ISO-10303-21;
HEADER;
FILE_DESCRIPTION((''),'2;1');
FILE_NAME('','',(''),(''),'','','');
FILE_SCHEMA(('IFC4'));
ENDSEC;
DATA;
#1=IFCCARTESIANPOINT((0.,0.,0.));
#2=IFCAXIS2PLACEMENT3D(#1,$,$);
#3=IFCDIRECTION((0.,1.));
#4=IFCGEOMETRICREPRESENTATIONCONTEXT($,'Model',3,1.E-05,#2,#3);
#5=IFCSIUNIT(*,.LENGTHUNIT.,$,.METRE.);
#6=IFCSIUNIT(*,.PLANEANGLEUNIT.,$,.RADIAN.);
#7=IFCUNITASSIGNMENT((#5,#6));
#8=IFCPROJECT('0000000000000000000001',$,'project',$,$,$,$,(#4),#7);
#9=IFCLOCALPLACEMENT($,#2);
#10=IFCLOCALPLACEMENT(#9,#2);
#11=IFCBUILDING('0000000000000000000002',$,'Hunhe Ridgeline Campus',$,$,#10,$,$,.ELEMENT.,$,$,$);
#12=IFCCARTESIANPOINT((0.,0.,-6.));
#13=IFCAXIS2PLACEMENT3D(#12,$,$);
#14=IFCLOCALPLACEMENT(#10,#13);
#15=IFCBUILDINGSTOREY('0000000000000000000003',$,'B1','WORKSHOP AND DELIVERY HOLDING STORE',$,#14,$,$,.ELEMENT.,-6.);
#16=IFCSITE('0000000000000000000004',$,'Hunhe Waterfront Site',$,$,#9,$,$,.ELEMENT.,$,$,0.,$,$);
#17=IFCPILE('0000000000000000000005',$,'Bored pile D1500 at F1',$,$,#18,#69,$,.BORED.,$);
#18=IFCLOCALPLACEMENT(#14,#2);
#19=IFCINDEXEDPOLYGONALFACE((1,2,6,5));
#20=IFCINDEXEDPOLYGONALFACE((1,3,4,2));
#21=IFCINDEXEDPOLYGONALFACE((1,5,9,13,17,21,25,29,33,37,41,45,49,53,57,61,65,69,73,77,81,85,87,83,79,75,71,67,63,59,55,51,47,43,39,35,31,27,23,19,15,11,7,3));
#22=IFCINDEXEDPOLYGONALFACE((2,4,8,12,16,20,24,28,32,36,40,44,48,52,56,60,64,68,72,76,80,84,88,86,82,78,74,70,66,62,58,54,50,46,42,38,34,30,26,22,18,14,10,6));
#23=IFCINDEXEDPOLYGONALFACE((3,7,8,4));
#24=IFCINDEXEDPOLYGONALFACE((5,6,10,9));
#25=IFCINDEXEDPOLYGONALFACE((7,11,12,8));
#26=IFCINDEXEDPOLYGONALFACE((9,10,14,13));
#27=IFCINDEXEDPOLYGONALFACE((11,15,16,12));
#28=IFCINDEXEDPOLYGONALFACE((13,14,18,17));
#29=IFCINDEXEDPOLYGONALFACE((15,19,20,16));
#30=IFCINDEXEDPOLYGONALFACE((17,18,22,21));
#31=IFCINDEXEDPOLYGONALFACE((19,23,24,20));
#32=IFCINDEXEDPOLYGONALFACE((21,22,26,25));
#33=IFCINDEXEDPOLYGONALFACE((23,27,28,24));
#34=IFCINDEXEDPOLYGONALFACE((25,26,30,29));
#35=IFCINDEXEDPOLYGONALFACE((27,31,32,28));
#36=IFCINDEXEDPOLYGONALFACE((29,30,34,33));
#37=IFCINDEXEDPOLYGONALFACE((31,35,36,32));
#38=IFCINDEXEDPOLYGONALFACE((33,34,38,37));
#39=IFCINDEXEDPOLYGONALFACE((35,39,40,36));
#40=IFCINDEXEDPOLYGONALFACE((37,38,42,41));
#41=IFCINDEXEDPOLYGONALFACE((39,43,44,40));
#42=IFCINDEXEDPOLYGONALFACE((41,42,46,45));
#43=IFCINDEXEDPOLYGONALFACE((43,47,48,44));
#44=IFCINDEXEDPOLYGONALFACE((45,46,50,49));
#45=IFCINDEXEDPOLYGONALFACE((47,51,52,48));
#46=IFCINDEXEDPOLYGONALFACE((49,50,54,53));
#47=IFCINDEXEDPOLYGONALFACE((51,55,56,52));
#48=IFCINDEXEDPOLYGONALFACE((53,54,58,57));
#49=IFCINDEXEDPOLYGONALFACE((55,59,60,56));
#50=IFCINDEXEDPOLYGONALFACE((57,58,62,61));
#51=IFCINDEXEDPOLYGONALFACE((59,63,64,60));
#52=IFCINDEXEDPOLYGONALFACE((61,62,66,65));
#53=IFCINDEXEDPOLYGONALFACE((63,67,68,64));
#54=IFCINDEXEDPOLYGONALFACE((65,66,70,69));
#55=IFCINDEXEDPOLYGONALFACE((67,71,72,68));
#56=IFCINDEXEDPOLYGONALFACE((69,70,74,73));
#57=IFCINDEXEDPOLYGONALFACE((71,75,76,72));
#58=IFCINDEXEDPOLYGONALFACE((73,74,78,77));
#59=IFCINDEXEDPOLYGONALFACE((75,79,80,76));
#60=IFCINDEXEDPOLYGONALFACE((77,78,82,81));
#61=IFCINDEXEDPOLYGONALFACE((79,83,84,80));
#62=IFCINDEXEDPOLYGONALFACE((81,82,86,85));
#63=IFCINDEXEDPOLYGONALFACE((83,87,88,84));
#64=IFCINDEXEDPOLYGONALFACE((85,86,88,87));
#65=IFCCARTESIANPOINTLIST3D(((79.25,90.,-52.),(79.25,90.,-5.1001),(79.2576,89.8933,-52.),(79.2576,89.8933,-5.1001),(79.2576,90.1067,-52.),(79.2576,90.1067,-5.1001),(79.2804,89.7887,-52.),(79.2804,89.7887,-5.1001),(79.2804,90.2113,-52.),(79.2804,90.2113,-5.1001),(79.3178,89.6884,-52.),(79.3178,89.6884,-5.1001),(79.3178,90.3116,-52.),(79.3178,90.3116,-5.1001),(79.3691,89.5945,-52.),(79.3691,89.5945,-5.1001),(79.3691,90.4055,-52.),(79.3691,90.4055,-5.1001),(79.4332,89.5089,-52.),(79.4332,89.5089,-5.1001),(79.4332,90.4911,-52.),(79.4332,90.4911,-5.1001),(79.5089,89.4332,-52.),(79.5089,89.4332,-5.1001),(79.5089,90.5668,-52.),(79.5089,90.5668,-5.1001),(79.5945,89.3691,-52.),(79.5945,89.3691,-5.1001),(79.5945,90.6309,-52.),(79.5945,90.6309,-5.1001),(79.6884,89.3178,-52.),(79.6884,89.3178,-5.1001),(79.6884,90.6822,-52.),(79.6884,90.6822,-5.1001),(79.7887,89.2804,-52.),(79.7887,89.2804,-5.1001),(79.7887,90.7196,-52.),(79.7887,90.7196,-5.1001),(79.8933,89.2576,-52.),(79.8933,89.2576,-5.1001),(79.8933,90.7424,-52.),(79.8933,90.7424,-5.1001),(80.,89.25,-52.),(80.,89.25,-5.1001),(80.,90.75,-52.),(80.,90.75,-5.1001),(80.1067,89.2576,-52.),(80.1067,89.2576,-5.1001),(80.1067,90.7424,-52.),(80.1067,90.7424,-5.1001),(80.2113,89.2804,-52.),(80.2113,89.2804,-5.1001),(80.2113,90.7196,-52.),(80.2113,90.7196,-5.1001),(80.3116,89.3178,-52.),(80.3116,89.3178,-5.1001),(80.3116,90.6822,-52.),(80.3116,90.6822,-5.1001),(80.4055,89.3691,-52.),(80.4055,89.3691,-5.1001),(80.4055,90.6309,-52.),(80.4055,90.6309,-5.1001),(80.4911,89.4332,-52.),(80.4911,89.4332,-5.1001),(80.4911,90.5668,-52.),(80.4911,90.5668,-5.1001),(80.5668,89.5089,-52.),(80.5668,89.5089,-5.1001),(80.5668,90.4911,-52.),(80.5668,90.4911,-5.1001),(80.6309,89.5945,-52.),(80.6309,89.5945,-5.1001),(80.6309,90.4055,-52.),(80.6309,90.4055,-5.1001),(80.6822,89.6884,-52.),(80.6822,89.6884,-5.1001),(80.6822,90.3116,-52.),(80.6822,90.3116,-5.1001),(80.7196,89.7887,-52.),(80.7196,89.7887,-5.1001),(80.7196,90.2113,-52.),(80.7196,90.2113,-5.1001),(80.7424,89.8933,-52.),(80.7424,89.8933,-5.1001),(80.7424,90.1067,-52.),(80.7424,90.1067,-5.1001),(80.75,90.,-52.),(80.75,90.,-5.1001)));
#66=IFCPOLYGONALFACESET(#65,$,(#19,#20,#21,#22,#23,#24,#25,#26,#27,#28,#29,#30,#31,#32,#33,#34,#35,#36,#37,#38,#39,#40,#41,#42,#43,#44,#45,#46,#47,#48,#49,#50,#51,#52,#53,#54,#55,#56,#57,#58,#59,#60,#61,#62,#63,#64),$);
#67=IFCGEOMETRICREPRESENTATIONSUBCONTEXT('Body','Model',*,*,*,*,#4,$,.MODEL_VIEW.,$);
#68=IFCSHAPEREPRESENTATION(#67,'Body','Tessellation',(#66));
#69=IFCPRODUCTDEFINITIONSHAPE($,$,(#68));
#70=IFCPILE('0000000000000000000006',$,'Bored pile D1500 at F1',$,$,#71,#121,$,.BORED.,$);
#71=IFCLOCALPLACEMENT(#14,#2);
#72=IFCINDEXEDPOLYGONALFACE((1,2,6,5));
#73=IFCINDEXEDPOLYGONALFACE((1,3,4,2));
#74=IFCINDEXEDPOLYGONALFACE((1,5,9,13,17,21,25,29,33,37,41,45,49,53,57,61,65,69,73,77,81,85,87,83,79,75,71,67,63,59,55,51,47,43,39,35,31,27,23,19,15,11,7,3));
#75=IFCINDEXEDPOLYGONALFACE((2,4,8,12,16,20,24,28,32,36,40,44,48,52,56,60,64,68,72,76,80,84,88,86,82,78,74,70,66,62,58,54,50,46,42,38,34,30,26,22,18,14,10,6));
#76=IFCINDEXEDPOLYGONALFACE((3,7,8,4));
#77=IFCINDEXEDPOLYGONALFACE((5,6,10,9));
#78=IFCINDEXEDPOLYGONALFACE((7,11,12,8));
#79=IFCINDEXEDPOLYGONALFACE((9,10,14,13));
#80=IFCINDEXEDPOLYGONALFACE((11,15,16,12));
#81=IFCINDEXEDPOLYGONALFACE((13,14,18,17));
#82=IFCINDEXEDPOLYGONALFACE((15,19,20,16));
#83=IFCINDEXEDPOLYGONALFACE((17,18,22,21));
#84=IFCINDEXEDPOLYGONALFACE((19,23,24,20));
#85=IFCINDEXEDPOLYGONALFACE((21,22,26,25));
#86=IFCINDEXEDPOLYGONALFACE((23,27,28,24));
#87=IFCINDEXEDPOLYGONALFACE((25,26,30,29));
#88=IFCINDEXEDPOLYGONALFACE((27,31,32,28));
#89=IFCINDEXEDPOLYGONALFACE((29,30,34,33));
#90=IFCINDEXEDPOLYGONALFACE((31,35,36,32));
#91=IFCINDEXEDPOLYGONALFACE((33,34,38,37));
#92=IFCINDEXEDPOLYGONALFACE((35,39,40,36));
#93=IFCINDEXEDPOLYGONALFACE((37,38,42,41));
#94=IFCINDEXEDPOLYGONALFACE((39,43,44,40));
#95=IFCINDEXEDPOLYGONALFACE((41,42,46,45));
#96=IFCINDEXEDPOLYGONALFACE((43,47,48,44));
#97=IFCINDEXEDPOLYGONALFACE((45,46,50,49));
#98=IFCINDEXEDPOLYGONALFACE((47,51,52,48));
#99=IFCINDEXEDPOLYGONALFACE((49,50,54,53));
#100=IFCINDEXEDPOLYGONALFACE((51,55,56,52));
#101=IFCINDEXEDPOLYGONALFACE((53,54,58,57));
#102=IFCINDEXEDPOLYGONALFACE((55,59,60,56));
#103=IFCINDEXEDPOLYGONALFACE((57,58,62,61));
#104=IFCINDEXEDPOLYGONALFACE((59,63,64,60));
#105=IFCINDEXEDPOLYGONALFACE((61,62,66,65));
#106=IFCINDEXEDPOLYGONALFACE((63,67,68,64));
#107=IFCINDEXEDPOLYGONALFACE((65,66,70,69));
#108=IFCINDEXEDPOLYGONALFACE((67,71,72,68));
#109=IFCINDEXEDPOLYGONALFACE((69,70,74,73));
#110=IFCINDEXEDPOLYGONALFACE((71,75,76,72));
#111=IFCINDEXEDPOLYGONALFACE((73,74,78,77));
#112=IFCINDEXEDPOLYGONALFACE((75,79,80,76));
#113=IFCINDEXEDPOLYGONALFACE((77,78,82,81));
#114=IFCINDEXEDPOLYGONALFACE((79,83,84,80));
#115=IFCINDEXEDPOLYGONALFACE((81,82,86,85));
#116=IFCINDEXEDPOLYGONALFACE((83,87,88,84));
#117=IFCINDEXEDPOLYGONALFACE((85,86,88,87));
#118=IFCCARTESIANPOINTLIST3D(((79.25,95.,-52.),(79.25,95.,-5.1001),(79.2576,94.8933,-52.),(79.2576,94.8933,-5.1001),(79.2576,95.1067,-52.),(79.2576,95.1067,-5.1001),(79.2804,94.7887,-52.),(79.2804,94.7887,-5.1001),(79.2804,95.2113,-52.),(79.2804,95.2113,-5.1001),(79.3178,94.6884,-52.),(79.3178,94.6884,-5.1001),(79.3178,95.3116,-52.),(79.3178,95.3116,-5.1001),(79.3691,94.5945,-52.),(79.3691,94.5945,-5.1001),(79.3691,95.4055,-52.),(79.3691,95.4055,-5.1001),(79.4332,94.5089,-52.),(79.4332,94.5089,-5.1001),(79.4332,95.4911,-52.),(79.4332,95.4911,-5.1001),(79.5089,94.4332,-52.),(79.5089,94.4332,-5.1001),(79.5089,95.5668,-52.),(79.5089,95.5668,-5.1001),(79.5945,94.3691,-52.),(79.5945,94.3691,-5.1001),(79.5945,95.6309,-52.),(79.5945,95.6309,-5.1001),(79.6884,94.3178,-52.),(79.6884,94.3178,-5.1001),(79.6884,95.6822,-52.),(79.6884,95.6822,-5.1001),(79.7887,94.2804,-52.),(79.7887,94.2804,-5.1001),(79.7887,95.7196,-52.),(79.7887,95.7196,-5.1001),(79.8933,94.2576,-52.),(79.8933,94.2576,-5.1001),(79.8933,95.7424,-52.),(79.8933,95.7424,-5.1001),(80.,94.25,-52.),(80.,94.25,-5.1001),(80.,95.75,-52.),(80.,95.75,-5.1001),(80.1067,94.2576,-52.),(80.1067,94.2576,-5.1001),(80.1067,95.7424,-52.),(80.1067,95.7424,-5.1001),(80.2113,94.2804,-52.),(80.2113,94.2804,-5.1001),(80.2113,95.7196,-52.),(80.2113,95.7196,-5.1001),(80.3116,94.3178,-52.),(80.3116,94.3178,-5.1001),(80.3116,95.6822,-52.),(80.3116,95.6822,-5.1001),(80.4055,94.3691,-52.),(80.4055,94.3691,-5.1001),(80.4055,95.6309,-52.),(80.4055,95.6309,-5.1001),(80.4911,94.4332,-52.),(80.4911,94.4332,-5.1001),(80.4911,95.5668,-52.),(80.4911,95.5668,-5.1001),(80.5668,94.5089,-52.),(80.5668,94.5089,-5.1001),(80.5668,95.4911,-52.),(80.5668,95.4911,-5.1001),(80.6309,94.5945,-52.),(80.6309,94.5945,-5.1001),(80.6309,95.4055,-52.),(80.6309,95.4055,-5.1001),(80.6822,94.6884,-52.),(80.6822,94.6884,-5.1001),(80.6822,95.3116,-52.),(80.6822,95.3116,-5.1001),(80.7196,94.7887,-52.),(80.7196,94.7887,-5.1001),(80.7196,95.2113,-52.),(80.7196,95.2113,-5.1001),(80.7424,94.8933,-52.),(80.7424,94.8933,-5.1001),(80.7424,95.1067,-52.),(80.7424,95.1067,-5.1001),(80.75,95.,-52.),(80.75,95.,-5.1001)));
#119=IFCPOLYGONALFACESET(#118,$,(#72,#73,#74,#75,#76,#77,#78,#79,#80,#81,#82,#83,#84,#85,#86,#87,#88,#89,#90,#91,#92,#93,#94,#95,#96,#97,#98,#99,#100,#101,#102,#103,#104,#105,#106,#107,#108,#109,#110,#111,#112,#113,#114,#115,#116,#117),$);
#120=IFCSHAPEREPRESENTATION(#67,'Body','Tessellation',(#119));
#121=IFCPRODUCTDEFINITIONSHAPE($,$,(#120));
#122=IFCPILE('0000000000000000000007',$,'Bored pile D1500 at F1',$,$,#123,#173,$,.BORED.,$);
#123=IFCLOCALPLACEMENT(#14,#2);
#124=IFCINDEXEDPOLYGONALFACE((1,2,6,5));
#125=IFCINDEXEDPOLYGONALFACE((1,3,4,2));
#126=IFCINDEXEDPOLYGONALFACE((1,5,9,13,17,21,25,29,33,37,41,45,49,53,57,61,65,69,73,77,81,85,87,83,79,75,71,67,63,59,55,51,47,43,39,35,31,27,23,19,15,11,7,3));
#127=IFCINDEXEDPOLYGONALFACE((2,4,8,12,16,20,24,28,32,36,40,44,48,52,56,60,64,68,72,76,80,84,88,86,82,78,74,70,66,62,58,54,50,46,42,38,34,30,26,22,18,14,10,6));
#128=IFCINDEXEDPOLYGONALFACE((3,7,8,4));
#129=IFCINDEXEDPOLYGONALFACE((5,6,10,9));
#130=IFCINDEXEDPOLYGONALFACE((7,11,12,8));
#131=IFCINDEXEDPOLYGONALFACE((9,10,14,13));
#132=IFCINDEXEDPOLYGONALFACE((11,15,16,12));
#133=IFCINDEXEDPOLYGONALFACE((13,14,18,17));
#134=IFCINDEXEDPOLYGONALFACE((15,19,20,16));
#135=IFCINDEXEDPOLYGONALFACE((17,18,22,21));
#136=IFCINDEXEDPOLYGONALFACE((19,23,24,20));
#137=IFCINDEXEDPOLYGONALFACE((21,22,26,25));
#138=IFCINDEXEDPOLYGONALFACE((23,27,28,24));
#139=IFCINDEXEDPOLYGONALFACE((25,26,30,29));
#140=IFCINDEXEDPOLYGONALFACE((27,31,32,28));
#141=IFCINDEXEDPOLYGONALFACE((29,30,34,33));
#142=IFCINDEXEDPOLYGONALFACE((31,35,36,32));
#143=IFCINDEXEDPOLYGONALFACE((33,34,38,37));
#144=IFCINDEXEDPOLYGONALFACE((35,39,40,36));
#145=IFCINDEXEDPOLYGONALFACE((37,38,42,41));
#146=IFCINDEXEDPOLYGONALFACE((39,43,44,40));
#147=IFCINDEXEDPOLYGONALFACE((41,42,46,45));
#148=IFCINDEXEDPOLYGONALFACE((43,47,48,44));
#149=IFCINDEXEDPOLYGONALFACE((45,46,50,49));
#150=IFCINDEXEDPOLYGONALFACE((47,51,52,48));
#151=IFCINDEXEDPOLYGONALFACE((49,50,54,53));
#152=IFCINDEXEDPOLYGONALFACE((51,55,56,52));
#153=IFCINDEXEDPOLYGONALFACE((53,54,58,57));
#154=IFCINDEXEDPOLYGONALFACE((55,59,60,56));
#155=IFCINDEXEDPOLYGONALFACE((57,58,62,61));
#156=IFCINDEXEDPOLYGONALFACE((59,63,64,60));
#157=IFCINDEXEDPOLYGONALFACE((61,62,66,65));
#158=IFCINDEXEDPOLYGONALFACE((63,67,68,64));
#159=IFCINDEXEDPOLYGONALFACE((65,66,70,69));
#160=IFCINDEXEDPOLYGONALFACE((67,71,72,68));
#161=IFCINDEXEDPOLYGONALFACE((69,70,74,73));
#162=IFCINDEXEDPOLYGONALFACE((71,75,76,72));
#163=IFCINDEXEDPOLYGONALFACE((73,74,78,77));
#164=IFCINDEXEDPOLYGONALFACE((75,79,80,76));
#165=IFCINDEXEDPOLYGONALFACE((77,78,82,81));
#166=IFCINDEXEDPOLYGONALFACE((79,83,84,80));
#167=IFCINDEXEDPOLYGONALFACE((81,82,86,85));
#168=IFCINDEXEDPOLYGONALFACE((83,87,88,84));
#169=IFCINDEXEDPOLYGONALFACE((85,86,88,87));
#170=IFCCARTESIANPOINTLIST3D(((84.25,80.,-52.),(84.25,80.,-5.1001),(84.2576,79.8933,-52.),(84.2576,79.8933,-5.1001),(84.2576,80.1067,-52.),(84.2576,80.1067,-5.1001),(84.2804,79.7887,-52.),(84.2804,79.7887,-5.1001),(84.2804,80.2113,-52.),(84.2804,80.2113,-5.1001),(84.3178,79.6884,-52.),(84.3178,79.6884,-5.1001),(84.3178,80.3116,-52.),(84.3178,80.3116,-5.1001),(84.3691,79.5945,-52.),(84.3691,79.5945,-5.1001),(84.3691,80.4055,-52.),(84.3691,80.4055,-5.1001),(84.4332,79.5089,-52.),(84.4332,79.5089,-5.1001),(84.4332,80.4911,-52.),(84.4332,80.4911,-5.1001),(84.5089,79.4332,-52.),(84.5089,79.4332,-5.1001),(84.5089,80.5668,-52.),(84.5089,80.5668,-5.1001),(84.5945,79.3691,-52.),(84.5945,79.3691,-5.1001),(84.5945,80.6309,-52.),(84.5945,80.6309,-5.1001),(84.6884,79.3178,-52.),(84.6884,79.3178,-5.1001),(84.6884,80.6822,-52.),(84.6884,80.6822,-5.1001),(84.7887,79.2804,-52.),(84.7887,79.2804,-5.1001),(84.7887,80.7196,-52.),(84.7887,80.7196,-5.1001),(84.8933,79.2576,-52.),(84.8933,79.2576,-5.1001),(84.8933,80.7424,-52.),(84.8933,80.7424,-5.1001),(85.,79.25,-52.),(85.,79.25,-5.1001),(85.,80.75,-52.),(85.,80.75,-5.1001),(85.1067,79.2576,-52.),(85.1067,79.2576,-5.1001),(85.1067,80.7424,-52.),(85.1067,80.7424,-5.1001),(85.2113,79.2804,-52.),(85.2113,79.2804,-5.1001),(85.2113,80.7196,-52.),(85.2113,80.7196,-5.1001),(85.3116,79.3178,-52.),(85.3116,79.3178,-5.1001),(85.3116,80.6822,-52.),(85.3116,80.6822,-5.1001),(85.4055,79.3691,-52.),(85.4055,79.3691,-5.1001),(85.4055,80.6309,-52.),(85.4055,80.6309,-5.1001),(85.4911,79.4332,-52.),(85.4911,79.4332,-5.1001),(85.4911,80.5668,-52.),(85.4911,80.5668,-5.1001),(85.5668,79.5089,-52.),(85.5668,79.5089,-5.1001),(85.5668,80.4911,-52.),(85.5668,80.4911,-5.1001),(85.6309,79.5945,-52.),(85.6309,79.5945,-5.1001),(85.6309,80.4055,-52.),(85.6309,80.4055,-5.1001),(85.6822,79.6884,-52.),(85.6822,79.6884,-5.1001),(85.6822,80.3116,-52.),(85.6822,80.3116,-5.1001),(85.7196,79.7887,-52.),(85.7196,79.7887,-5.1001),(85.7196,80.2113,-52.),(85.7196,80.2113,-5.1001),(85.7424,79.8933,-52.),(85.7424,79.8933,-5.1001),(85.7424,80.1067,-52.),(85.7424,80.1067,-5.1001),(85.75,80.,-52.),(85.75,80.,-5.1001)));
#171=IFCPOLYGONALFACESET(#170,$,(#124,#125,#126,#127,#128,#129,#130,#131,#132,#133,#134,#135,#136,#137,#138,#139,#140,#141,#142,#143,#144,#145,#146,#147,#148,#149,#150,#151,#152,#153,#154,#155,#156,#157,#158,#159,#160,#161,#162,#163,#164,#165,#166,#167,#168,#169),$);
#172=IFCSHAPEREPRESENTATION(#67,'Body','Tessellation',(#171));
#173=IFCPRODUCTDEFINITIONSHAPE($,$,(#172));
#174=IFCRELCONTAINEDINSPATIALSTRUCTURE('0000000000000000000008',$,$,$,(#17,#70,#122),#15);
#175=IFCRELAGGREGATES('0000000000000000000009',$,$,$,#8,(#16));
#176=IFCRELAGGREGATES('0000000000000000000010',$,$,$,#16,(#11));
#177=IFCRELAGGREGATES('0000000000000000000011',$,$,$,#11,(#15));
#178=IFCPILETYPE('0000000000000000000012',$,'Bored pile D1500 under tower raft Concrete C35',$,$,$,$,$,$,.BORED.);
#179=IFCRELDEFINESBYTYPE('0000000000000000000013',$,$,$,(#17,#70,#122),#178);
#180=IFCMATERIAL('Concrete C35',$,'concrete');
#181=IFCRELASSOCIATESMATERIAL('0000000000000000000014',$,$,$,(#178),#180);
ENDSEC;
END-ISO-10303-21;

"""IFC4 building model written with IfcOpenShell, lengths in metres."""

from ifc_helpers import new_model, si_unit, direction, frame, origin, origin_2d, place, context, subcontext, project, spatial, circle, extrude, material, material_profile, profile_set, type_object, element, save


model = new_model("IFC4")

# Units and contexts
model_context = context("Model", 3, precision=1e-05, world=origin(), true_north=direction((0.0, 1.0)))
body_context = subcontext(model_context, "Body", "Model", "MODEL_VIEW")
ifc_project = project(units=[si_unit("LENGTHUNIT", "METRE"), si_unit("PLANEANGLEUNIT", "RADIAN")], contexts=[model_context])

# Site, building, storey
site_placement = place(None, origin())
site = spatial("IfcSite", under=ifc_project, at=site_placement, Name="Hunhe Waterfront Site", CompositionType="ELEMENT", RefElevation=0.0)
building_placement = place(site_placement, origin())
building = spatial("IfcBuilding", under=site, at=building_placement, Name="Hunhe Ridgeline Campus", CompositionType="ELEMENT")
storey_placement = place(building_placement, frame((0.0, 0.0, -6.0)))
storey = spatial("IfcBuildingStorey", under=building, at=storey_placement, Name="B1", Description="WORKSHOP AND DELIVERY HOLDING STORE", CompositionType="ELEMENT", Elevation=-6.0)

# Piles
ifc_material_1 = material(Name="Concrete C35", Category="concrete")
ifc_material_profile_1 = material_profile(ifc_material_1, circle(Radius=0.75, at=origin_2d()))
ifc_profile_set_1 = profile_set([ifc_material_profile_1], Name="Concrete C35")
pile_type = type_object("IfcPileType", Name="Bored pile D1500 under tower raft Concrete C35", PredefinedType="BORED", material=ifc_profile_set_1)
for number, where, z_axis, x_axis, name in (
    (1, (80.0, 90.0, -5.1001), (0.0, 0.0, -1.0), (1.0, 0.0, 0.0), "Bored pile D1500 at F1"),
    (2, (80.0, 95.0, -5.1001), (0.0, 0.0, -1.0), (1.0, 0.0, 0.0), "Bored pile D1500 at F1"),
    (3, (85.0, 80.0, -5.1001), (0.0, 0.0, -1.0), (1.0, 0.0, 0.0), "Bored pile D1500 at F1"),
):
    element("IfcPile", number, at=place(storey_placement, frame(where, z_axis=z_axis, x_axis=x_axis)), inside=storey, type_object=pile_type, Name=name, PredefinedType="BORED", context=body_context, shape_type="SweptSolid", body=[
        extrude(circle(Radius=0.75, at=origin_2d()), origin(), (0.0, 0.0, 1.0), 46.8999),
    ])

save(model, "model.ifc")
